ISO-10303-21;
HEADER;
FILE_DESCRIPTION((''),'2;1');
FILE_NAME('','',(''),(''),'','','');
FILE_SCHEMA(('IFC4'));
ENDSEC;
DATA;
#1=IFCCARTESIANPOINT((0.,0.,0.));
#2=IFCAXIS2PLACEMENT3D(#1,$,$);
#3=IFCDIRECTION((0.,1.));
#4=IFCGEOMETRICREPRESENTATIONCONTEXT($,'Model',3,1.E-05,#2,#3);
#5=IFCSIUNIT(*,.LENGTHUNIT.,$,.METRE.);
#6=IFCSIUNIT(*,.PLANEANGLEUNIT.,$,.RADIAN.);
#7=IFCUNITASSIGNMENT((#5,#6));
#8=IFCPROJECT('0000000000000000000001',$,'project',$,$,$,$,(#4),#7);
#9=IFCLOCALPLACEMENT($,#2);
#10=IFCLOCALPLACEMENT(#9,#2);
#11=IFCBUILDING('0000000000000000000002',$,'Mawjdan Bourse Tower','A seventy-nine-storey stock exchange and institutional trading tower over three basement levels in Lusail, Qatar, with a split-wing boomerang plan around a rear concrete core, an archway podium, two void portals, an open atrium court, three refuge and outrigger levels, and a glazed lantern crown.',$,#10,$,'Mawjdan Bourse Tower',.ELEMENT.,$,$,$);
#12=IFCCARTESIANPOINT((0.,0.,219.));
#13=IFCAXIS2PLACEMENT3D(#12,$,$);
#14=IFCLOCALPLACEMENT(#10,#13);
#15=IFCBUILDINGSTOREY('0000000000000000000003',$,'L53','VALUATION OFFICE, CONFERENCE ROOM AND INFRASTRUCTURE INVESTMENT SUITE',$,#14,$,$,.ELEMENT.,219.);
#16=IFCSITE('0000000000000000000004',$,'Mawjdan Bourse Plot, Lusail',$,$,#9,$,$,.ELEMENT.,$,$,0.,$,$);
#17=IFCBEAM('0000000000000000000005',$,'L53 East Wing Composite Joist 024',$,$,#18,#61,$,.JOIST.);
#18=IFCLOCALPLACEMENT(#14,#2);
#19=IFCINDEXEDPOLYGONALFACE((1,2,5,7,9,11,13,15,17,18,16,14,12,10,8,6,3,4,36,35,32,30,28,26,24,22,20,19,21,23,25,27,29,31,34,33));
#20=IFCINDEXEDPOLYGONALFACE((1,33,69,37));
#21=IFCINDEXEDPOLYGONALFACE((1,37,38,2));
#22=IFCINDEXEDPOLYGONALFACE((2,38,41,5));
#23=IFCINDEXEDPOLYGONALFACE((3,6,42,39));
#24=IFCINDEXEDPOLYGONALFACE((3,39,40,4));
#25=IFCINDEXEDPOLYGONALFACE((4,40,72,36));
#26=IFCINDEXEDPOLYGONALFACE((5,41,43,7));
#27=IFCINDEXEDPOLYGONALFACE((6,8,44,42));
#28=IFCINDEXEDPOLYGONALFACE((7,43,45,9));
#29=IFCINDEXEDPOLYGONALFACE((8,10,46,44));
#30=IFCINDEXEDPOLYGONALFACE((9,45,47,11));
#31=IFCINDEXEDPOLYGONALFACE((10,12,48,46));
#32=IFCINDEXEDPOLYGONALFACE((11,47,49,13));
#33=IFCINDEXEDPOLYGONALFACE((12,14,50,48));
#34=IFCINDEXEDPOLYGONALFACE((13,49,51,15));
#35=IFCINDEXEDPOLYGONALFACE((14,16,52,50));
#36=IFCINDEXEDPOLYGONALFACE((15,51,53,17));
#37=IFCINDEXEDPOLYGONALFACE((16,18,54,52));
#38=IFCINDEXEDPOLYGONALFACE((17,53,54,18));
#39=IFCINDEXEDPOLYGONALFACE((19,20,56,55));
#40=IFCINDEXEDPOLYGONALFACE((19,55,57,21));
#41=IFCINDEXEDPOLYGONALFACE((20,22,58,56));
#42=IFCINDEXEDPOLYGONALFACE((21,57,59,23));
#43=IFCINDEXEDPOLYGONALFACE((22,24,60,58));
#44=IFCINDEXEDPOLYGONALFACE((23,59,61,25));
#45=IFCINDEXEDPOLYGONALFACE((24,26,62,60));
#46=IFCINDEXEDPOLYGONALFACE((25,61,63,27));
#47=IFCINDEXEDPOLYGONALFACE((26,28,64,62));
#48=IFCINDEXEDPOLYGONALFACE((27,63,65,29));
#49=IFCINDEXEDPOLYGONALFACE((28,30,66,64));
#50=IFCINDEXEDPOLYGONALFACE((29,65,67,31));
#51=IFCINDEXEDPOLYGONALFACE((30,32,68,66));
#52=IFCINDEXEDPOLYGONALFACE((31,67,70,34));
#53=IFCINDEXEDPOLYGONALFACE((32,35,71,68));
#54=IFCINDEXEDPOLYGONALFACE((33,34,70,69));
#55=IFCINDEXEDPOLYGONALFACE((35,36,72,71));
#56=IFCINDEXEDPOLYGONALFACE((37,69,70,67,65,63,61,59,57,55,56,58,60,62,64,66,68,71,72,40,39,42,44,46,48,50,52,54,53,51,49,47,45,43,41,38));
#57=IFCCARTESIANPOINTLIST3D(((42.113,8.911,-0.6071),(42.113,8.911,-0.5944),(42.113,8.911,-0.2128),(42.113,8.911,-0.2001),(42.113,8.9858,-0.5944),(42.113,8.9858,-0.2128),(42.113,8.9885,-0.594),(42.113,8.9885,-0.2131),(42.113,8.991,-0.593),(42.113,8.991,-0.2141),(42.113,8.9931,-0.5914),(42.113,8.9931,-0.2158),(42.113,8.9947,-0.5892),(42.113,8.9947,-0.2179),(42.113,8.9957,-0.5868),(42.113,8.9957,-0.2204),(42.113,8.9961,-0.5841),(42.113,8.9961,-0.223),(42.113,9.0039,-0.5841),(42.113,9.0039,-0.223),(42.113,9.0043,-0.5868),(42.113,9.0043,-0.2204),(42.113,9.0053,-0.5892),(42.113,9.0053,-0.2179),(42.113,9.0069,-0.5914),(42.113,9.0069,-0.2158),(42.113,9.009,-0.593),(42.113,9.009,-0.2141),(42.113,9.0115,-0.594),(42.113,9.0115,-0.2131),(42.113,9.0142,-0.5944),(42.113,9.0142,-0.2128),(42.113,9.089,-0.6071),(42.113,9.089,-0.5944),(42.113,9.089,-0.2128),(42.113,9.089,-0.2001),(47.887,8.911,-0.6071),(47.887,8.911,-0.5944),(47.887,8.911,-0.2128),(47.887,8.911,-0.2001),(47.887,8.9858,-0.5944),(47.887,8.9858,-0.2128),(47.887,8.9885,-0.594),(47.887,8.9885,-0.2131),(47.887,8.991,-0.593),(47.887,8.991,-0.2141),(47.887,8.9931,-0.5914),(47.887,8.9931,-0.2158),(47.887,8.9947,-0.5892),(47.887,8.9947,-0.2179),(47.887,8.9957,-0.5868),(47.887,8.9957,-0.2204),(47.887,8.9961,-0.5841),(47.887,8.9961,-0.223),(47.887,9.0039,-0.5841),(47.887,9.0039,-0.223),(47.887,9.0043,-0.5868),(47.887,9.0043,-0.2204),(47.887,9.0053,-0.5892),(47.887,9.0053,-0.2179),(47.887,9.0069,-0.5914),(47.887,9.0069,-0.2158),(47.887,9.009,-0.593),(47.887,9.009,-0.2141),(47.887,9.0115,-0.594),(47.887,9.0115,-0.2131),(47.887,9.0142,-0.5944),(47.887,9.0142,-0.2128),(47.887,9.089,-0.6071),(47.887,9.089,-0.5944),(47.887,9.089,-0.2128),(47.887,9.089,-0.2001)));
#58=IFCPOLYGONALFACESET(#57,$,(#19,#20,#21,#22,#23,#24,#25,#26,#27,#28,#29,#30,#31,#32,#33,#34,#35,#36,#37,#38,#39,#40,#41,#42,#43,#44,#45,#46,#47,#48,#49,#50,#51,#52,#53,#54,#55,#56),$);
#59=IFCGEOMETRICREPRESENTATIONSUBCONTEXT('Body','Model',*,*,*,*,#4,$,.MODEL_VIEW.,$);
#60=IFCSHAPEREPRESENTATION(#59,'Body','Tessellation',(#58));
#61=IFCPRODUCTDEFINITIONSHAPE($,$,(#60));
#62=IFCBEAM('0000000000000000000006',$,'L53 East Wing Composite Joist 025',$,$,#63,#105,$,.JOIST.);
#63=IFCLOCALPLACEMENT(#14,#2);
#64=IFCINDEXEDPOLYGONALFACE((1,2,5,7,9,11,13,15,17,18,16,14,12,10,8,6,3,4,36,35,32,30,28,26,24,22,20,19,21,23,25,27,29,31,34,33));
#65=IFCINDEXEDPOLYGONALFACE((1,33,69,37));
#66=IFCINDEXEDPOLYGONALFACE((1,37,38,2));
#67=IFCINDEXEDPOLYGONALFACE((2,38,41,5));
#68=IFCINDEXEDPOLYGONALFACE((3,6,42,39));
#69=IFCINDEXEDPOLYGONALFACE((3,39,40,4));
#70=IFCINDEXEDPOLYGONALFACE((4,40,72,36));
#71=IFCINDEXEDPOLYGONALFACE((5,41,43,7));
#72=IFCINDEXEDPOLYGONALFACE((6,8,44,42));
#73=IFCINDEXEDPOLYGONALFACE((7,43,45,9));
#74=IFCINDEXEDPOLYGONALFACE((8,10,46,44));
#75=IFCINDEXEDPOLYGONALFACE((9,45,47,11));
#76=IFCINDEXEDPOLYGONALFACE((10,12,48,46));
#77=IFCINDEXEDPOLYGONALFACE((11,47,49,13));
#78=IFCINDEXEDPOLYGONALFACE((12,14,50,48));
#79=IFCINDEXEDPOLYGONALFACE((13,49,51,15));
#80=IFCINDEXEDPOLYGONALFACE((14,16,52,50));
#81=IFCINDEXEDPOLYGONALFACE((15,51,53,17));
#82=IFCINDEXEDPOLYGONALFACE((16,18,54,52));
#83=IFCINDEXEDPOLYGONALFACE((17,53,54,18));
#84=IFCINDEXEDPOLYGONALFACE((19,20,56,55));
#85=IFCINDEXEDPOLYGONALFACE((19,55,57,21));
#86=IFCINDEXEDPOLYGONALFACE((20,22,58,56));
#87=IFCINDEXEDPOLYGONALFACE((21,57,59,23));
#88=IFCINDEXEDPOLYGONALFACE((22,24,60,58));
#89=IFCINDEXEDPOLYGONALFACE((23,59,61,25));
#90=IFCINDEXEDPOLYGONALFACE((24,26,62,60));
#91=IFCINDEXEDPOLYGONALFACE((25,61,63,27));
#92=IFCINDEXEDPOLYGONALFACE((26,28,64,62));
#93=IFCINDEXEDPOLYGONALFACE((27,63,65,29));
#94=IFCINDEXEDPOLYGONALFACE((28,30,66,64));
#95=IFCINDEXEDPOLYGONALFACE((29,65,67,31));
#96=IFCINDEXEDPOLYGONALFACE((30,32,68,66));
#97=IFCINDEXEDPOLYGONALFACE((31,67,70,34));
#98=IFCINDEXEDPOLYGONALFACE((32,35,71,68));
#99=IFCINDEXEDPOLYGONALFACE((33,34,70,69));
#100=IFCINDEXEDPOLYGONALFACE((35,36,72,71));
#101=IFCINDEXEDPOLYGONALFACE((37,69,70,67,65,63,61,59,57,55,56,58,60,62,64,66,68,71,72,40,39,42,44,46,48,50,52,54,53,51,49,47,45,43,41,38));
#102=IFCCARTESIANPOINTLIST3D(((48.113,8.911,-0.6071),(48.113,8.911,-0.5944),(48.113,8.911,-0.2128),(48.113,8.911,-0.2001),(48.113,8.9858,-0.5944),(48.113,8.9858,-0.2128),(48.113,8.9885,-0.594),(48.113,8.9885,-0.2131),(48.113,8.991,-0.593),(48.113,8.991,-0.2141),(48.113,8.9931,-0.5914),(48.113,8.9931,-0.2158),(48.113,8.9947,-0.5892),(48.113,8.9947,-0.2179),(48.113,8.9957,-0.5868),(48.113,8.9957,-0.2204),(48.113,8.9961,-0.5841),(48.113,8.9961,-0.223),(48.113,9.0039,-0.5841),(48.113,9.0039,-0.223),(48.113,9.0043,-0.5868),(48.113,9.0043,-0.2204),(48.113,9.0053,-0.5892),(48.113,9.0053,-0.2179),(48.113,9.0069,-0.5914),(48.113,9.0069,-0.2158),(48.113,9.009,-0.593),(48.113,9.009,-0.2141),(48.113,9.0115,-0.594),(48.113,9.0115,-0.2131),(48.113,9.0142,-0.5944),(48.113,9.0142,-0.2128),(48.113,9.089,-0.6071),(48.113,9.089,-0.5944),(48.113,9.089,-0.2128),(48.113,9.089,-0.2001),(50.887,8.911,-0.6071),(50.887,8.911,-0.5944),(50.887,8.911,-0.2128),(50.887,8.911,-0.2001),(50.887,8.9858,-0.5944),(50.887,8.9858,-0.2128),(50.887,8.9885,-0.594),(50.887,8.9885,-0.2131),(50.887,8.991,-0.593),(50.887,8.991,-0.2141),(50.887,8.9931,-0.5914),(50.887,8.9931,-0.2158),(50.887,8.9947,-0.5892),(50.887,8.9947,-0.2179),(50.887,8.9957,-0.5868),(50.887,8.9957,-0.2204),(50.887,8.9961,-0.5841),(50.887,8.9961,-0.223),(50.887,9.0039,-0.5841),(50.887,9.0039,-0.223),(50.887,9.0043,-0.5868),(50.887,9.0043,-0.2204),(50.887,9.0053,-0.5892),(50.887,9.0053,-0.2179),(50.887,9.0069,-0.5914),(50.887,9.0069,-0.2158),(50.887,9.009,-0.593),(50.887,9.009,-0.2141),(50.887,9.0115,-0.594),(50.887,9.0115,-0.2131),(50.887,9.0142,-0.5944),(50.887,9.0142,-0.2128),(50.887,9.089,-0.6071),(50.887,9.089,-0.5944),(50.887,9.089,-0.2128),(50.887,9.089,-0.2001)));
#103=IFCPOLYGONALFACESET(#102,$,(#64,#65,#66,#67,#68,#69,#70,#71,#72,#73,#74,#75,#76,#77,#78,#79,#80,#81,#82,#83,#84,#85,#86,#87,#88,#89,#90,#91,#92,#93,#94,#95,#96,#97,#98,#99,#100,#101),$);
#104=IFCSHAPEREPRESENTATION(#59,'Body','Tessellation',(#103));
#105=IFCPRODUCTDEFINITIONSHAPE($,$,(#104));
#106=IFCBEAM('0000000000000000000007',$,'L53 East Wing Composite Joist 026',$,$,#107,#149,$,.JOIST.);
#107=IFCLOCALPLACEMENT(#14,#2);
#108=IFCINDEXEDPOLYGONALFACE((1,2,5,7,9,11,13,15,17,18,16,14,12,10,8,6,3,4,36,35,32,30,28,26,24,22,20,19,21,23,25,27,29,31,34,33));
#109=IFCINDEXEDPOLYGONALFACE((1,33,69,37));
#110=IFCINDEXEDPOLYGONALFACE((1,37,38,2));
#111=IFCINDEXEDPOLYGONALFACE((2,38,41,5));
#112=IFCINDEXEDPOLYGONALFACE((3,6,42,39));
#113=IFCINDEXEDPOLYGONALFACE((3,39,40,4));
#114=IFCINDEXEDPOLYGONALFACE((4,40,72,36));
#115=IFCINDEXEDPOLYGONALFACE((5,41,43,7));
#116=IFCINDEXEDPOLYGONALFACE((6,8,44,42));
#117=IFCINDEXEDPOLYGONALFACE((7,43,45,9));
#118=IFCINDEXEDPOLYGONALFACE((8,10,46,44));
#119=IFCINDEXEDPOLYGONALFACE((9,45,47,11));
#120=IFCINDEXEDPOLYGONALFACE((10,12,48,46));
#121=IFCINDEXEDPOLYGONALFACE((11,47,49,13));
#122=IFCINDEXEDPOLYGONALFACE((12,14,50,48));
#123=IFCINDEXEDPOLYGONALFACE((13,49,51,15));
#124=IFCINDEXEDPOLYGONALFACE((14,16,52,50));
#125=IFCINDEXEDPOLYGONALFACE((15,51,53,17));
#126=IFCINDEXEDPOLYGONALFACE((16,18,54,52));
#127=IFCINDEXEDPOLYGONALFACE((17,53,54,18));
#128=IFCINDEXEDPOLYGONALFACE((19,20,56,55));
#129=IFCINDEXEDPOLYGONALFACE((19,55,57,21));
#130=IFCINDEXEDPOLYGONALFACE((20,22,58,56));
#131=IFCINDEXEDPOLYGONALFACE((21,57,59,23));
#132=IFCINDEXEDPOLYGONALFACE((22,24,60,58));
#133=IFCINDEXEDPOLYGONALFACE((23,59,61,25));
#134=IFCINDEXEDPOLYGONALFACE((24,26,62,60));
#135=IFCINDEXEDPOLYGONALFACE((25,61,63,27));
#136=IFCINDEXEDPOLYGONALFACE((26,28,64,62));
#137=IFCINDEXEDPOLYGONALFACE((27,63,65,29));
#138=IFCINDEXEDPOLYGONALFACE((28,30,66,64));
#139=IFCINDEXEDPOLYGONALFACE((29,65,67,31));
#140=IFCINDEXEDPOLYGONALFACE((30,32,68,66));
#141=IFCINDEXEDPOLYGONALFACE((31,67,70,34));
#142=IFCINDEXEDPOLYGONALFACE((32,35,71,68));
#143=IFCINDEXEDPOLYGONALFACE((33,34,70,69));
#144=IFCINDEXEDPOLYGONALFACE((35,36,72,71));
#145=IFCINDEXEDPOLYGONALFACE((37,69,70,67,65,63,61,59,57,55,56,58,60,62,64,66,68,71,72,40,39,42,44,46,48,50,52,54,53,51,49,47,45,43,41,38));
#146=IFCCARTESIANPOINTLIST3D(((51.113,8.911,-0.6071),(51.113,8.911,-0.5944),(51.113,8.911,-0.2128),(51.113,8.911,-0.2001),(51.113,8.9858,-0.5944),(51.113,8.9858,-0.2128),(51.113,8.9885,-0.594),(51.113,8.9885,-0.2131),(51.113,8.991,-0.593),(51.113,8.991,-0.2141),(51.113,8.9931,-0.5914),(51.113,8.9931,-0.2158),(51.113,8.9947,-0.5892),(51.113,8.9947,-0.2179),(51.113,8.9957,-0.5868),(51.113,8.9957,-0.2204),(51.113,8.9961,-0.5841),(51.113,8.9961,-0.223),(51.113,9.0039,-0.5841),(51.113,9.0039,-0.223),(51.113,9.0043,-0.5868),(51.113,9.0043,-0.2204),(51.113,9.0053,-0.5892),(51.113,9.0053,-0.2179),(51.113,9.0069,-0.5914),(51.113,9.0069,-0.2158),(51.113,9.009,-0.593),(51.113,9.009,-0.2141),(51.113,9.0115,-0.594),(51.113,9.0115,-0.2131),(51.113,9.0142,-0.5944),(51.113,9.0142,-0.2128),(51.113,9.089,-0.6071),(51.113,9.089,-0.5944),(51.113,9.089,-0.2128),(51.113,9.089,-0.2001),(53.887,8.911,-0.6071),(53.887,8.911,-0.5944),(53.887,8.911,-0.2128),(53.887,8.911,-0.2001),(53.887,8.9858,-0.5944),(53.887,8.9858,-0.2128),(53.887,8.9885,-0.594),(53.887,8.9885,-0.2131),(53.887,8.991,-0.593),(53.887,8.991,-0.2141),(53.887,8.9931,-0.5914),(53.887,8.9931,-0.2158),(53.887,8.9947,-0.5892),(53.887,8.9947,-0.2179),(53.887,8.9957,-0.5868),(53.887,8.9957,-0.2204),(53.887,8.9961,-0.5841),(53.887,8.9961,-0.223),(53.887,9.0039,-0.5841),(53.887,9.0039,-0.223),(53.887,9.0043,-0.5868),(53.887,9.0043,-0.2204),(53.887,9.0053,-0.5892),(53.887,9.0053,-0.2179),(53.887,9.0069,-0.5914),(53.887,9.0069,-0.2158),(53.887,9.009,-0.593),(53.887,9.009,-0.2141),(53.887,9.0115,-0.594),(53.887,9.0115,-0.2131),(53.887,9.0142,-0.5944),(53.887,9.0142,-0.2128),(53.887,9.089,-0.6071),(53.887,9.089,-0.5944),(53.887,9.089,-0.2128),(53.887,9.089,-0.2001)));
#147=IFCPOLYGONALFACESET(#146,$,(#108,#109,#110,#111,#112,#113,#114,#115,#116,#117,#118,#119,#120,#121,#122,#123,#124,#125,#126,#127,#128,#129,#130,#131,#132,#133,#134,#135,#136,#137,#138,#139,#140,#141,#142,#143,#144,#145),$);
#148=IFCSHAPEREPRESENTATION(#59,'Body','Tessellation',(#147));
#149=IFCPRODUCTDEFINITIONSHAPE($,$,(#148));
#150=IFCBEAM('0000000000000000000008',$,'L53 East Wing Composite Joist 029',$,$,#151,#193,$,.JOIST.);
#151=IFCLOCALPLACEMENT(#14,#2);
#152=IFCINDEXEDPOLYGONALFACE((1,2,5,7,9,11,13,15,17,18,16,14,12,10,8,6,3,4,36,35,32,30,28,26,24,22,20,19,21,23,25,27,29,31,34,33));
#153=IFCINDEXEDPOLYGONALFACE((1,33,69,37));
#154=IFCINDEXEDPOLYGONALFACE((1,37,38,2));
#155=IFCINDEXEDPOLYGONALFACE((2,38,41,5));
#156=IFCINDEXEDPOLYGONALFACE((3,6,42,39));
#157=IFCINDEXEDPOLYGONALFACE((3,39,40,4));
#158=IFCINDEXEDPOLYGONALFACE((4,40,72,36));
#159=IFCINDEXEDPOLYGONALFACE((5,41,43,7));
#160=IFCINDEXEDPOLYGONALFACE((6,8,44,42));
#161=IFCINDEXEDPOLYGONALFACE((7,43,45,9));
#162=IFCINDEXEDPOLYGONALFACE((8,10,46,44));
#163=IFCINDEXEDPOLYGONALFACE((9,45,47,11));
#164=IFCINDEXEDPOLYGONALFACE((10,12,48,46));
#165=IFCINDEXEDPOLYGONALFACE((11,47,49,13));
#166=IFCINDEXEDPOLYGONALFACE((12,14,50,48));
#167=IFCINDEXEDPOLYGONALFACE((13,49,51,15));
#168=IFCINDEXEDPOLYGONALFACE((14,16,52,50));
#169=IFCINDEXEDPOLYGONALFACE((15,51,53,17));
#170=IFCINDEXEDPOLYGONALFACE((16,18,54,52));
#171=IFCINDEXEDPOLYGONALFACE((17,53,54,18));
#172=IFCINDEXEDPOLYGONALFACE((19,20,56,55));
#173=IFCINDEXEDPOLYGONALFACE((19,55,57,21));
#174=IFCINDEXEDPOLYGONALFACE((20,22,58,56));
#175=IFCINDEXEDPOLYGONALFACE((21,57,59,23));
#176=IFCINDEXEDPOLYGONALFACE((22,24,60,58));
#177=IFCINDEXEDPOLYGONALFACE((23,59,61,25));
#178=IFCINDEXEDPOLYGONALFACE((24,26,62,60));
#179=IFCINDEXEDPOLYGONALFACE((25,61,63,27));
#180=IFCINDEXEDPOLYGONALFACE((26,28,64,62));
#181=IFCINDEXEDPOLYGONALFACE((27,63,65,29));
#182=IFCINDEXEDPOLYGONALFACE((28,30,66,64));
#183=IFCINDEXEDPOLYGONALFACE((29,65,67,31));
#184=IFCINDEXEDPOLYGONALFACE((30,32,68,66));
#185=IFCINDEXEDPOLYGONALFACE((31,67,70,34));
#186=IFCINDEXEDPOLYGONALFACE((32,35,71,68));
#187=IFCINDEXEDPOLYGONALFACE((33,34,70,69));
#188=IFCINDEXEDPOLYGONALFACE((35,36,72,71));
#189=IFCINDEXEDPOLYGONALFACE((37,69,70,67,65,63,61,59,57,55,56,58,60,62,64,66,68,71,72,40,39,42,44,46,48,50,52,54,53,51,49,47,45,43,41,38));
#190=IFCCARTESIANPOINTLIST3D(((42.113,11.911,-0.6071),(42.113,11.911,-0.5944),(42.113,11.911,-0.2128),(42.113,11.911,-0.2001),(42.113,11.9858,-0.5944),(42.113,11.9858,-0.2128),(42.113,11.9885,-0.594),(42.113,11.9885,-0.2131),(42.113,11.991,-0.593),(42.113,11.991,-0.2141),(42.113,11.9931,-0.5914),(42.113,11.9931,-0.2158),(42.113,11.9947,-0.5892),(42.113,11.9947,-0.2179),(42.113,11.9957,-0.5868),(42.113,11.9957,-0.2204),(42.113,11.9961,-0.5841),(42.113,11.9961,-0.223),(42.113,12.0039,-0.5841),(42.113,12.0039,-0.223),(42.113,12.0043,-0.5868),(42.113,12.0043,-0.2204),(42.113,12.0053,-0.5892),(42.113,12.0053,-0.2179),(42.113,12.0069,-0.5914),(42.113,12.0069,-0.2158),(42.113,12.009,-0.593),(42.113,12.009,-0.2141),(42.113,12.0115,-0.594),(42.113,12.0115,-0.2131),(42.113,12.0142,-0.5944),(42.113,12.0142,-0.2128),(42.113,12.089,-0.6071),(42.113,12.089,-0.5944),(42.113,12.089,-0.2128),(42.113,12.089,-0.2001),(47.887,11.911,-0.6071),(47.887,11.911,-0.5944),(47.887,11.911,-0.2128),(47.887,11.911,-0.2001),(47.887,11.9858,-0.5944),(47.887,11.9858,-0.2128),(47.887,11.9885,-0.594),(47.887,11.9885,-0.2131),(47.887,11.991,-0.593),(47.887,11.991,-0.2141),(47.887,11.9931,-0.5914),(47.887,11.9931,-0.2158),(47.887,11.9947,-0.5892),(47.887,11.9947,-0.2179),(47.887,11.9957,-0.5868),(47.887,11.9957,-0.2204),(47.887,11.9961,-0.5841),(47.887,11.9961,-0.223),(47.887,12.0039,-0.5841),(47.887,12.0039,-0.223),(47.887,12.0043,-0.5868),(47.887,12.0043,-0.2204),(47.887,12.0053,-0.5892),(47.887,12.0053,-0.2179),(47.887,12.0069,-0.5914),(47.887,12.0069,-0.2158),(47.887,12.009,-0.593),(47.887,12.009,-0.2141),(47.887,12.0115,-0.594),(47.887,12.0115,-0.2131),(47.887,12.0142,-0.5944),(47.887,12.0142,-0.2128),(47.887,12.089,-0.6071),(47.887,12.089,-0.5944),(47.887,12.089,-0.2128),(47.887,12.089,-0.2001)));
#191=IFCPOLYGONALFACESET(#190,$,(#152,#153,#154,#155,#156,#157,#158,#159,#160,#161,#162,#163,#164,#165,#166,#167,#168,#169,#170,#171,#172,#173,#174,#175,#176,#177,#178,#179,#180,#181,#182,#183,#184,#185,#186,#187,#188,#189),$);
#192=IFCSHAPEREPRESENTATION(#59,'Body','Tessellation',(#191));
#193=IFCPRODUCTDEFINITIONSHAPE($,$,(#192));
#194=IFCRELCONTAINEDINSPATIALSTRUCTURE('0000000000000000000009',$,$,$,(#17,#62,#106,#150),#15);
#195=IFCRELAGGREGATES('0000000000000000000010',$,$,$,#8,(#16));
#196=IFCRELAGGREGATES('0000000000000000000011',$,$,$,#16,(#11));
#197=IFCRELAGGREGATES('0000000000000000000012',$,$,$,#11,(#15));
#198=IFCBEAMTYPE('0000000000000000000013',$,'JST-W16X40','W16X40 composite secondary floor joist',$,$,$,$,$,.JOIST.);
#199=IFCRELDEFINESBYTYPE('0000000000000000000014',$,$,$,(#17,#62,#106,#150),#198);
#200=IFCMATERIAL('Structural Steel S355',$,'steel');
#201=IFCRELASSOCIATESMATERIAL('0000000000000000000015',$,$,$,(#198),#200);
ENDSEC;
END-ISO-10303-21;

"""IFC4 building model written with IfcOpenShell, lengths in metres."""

from ifc_helpers import new_model, si_unit, direction, frame, origin, origin_2d, place, context, subcontext, project, spatial, i_section, extrude, material, material_profile, profile_set, type_object, element, save


model = new_model("IFC4")

# Units and contexts
model_context = context("Model", 3, precision=1e-05, world=origin(), true_north=direction((0.0, 1.0)))
body_context = subcontext(model_context, "Body", "Model", "MODEL_VIEW")
ifc_project = project(units=[si_unit("LENGTHUNIT", "METRE"), si_unit("PLANEANGLEUNIT", "RADIAN")], contexts=[model_context])

# Site, building, storey
site_placement = place(None, origin())
site = spatial("IfcSite", under=ifc_project, at=site_placement, Name="Mawjdan Bourse Plot, Lusail", CompositionType="ELEMENT", RefElevation=0.0)
building_placement = place(site_placement, origin())
building = spatial("IfcBuilding", under=site, at=building_placement, Name="Mawjdan Bourse Tower", Description="A seventy-nine-storey stock exchange and institutional trading tower over three basement levels in Lusail, Qatar, with a split-wing boomerang plan around a rear concrete core, an archway podium, two void portals, an open atrium court, three refuge and outrigger levels, and a glazed lantern crown.", LongName="Mawjdan Bourse Tower", CompositionType="ELEMENT")
storey_placement = place(building_placement, frame((0.0, 0.0, 219.0)))
storey = spatial("IfcBuildingStorey", under=building, at=storey_placement, Name="L53", Description="VALUATION OFFICE, CONFERENCE ROOM AND INFRASTRUCTURE INVESTMENT SUITE", CompositionType="ELEMENT", Elevation=219.0)

# Beams
ifc_material_1 = material(Name="Structural Steel S355", Category="steel")
ifc_material_profile_1 = material_profile(ifc_material_1, i_section(OverallWidth=0.178, OverallDepth=0.407, WebThickness=0.0078, FlangeThickness=0.0127, FilletRadius=0.0103, at=origin_2d()), Name="W16X40")
ifc_profile_set_1 = profile_set([ifc_material_profile_1], Name="Structural Steel S355")
beam_type_1 = type_object("IfcBeamType", Name="JST-W16X40", Description="W16X40 composite secondary floor joist", PredefinedType="JOIST", material=ifc_profile_set_1)
beam_1_placement = place(storey_placement, frame((42.113, 9.0, -0.4036), z_axis=(1.0, 0.0, 0.0), x_axis=(0.0, 1.0, 0.0)))
element("IfcBeam", 1, at=beam_1_placement, inside=storey, type_object=beam_type_1, Name="L53 East Wing Composite Joist 024", PredefinedType="JOIST", context=body_context, shape_type="SweptSolid", body=[
    extrude(i_section(OverallWidth=0.178, OverallDepth=0.407, WebThickness=0.0078, FlangeThickness=0.0127, FilletRadius=0.0103, at=origin_2d()), origin(), (0.0, 0.0, 1.0), 5.7739),
])
for number, where, z_axis, x_axis, name in (
    (2, (48.113, 9.0, -0.4036), (1.0, 0.0, 0.0), (0.0, 1.0, 0.0), "L53 East Wing Composite Joist 025"),
    (3, (51.113, 9.0, -0.4036), (1.0, 0.0, 0.0), (0.0, 1.0, 0.0), "L53 East Wing Composite Joist 026"),
):
    element("IfcBeam", number, at=place(storey_placement, frame(where, z_axis=z_axis, x_axis=x_axis)), inside=storey, type_object=beam_type_1, Name=name, PredefinedType="JOIST", context=body_context, shape_type="SweptSolid", body=[
        extrude(i_section(OverallWidth=0.178, OverallDepth=0.407, WebThickness=0.0078, FlangeThickness=0.0127, FilletRadius=0.0103, at=origin_2d()), origin(), (0.0, 0.0, 1.0), 2.7739),
    ])
beam_2_placement = place(storey_placement, frame((42.113, 12.0, -0.4036), z_axis=(1.0, 0.0, 0.0), x_axis=(0.0, 1.0, 0.0)))
element("IfcBeam", 4, at=beam_2_placement, inside=storey, type_object=beam_type_1, Name="L53 East Wing Composite Joist 029", PredefinedType="JOIST", context=body_context, shape_type="SweptSolid", body=[
    extrude(i_section(OverallWidth=0.178, OverallDepth=0.407, WebThickness=0.0078, FlangeThickness=0.0127, FilletRadius=0.0103, at=origin_2d()), origin(), (0.0, 0.0, 1.0), 5.7739),
])

save(model, "model.ifc")
